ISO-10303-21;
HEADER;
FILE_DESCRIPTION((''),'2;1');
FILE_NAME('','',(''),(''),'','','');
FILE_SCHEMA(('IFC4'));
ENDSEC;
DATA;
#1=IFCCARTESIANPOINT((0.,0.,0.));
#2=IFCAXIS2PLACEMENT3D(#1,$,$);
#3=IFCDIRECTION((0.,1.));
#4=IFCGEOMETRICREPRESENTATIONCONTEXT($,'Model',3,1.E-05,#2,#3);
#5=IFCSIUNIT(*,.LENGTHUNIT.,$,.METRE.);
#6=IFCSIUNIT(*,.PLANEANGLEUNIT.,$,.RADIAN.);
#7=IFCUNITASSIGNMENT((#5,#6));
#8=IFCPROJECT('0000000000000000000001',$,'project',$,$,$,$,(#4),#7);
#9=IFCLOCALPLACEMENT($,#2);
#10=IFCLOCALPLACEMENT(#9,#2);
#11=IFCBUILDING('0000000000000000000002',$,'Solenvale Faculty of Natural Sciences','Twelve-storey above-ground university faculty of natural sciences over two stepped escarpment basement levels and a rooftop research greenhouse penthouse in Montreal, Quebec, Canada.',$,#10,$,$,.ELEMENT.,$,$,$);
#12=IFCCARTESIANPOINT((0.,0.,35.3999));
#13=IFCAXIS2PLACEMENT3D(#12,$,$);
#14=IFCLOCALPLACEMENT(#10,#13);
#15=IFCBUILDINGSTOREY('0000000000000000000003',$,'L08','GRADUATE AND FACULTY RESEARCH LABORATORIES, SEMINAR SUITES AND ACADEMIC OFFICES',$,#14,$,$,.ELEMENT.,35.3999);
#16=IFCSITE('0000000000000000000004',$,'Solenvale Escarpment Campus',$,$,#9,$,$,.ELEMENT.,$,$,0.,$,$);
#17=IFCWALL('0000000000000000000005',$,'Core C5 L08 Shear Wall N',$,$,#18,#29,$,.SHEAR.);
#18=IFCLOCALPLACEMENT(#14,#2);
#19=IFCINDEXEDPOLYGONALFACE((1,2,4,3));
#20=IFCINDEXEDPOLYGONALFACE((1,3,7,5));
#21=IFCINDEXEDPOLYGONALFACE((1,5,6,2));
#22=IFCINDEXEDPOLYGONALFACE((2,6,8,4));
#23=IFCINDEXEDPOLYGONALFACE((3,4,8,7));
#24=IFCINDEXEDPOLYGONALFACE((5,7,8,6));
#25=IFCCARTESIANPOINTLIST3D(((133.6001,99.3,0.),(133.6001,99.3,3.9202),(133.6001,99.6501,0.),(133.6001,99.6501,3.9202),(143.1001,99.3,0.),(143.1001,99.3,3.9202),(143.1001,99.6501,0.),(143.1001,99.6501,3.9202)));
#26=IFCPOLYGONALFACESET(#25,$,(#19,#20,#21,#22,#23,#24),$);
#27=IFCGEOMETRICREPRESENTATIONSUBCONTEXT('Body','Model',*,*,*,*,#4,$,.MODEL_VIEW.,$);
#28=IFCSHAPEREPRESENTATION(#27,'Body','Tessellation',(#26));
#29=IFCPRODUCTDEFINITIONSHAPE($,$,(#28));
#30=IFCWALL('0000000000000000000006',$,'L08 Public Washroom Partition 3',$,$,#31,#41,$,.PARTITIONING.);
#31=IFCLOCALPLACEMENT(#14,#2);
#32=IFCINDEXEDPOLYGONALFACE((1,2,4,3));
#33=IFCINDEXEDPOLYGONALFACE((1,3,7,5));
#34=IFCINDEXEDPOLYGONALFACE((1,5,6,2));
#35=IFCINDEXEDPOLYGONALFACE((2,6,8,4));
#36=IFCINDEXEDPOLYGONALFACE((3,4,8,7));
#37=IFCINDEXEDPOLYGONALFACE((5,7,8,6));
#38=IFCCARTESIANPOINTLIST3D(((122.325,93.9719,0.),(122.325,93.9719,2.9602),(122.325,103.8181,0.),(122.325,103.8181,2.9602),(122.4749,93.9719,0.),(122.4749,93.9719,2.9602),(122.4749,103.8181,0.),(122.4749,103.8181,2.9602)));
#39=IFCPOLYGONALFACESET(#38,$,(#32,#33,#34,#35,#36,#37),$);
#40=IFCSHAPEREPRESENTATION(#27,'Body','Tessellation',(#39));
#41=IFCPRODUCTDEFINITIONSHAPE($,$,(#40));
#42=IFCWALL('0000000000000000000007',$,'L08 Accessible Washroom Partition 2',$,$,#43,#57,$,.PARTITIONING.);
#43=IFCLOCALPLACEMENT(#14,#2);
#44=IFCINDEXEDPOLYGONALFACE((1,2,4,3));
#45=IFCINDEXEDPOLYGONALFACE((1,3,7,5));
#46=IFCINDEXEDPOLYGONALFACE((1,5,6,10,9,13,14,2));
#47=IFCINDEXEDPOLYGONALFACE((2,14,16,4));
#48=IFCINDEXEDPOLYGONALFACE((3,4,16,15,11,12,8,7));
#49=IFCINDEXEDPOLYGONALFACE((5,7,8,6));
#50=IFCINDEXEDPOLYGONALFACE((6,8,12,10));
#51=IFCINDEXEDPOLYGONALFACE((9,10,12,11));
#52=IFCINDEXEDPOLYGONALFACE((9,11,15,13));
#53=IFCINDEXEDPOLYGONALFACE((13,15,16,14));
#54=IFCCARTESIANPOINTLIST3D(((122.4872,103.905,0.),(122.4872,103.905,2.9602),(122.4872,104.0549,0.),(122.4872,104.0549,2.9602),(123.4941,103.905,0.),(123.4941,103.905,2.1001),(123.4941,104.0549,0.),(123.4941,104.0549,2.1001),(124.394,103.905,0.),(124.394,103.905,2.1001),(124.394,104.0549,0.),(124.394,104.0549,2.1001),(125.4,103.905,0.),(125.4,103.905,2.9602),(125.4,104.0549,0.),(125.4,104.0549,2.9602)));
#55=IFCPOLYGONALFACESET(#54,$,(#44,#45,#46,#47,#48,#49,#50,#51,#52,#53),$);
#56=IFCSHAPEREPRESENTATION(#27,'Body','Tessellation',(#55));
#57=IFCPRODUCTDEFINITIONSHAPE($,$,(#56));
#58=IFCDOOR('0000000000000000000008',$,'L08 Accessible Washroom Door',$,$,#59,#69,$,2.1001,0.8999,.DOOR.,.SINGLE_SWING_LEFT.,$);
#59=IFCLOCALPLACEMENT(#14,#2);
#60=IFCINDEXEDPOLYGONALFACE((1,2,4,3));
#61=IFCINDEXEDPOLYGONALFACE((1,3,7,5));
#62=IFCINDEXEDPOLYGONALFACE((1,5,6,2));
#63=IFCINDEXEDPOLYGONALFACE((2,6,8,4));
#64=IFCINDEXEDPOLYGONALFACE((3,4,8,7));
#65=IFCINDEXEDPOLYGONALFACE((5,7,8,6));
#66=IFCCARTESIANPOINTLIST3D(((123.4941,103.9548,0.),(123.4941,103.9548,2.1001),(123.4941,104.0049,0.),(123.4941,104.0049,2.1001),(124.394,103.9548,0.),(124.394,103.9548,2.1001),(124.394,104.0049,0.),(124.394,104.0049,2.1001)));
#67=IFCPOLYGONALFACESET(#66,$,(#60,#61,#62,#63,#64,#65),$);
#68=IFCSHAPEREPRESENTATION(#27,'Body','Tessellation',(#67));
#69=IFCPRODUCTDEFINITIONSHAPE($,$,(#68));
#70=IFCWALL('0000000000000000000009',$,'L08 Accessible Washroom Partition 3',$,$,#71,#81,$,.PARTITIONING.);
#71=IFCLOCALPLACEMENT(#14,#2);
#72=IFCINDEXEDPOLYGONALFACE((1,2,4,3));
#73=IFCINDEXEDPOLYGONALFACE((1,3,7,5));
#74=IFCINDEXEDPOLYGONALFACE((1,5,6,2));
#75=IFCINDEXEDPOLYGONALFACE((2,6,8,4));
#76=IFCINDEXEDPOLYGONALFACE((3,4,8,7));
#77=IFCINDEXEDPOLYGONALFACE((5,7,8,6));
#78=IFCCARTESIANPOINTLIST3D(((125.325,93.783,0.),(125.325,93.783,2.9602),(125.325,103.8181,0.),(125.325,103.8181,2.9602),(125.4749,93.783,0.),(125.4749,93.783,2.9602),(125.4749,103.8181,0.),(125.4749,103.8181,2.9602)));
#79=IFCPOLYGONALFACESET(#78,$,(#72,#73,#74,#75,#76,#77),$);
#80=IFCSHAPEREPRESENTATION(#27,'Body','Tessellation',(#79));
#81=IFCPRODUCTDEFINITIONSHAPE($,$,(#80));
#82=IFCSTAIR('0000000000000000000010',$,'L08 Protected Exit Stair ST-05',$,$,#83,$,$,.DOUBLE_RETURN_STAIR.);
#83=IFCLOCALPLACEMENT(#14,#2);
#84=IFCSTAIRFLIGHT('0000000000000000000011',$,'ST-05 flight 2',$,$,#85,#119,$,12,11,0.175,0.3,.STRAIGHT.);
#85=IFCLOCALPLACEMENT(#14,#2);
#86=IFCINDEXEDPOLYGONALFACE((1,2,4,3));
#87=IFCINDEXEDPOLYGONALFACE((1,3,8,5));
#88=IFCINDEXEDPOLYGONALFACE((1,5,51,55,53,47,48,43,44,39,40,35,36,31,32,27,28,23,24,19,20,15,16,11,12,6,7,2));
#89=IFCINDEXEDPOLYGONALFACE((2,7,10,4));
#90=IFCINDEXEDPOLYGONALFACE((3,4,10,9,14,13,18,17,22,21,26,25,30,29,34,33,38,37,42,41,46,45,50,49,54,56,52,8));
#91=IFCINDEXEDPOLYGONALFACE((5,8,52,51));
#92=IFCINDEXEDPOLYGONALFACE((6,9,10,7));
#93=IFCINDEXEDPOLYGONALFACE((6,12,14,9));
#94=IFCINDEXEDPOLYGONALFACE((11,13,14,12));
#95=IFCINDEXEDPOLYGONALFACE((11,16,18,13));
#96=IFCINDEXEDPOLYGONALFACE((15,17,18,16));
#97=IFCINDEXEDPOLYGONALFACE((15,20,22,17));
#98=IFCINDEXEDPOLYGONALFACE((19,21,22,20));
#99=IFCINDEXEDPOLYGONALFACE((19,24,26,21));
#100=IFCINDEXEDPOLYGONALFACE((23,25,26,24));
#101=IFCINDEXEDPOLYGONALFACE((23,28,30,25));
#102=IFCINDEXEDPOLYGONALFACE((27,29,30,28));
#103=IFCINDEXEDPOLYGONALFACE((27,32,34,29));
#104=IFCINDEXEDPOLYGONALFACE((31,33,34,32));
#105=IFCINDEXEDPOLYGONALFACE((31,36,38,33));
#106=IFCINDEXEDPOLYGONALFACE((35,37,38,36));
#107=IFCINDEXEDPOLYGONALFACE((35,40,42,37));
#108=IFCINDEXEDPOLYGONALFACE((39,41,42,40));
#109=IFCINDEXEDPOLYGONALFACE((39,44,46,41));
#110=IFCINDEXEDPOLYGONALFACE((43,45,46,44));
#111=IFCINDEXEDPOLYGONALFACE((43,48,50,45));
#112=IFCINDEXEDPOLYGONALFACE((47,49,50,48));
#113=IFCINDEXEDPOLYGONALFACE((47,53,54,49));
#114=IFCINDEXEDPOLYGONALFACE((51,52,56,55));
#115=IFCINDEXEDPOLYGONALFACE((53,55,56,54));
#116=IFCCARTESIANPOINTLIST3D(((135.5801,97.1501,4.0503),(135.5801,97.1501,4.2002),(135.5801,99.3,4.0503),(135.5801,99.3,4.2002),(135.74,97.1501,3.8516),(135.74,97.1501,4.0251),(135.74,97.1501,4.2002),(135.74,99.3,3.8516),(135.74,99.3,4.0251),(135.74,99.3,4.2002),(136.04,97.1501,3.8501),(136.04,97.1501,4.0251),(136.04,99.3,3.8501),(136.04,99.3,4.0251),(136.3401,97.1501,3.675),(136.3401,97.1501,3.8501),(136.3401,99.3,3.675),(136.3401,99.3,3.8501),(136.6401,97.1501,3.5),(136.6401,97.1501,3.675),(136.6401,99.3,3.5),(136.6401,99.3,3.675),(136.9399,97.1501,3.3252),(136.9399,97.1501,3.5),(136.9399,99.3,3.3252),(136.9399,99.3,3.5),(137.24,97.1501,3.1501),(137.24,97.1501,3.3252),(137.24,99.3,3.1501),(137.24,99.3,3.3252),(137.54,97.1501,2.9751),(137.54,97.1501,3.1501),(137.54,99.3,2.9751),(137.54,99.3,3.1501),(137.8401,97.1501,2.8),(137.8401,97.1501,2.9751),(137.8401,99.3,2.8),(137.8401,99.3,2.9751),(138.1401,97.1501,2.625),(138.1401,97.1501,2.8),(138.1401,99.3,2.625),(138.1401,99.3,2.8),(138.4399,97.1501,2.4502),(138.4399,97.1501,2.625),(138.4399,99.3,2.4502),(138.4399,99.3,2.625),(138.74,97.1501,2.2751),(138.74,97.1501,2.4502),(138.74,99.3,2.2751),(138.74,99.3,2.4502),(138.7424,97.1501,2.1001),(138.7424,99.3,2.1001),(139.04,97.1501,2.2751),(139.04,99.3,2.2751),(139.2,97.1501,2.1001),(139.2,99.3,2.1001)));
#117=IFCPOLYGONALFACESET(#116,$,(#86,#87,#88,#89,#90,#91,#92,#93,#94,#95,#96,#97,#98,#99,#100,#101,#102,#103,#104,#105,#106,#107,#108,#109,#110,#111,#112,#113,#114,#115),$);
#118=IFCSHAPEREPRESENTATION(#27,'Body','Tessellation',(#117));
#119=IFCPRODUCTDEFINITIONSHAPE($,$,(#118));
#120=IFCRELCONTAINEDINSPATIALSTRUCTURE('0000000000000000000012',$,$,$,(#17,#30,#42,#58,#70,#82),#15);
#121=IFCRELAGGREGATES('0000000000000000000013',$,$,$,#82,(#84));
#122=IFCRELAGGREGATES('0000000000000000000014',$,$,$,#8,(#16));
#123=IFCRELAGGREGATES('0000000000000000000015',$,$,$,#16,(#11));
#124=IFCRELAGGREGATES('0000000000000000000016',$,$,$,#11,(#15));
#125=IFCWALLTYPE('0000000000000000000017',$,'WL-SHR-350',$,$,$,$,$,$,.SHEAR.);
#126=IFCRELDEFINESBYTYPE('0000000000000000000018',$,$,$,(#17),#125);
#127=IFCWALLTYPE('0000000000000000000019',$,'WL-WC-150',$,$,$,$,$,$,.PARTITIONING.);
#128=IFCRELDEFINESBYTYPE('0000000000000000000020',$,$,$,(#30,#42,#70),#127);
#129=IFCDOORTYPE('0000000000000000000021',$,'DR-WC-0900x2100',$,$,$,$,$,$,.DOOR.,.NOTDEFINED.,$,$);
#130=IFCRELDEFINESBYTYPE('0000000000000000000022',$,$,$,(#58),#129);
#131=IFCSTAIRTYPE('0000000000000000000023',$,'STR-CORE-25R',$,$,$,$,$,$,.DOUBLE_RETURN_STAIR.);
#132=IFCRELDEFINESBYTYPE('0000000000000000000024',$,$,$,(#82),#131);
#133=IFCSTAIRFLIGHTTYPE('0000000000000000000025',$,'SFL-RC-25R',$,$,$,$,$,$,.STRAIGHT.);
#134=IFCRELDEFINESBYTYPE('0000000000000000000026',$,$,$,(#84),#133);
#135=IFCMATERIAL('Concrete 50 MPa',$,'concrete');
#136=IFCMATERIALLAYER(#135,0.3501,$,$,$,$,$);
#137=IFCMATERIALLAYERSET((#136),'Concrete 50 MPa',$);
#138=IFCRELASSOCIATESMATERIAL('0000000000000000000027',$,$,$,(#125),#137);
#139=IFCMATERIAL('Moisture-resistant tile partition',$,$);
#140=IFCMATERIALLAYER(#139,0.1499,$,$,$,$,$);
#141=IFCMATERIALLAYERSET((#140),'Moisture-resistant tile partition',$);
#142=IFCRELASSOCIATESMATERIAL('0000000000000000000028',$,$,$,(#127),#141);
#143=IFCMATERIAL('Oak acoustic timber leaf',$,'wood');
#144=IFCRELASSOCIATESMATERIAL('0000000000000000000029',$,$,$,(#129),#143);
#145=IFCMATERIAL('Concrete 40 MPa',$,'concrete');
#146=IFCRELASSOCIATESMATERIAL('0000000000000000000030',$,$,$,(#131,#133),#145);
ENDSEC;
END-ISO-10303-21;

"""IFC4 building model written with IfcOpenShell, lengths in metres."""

from ifc_helpers import new_model, si_unit, direction, frame, frame_2d, origin, place, context, subcontext, project, spatial, polyline, rectangle, outline, extrude, material, layer, layer_set, type_object, element, fill, aggregate, save


model = new_model("IFC4")

# Units and contexts
model_context = context("Model", 3, precision=1e-05, world=origin(), true_north=direction((0.0, 1.0)))
body_context = subcontext(model_context, "Body", "Model", "MODEL_VIEW")
ifc_project = project(units=[si_unit("LENGTHUNIT", "METRE"), si_unit("PLANEANGLEUNIT", "RADIAN")], contexts=[model_context])

# Site, building, storey
site_placement = place(None, origin())
site = spatial("IfcSite", under=ifc_project, at=site_placement, Name="Solenvale Escarpment Campus", CompositionType="ELEMENT", RefElevation=0.0)
building_placement = place(site_placement, origin())
building = spatial("IfcBuilding", under=site, at=building_placement, Name="Solenvale Faculty of Natural Sciences", Description="Twelve-storey above-ground university faculty of natural sciences over two stepped escarpment basement levels and a rooftop research greenhouse penthouse in Montreal, Quebec, Canada.", CompositionType="ELEMENT")
storey_placement = place(building_placement, frame((0.0, 0.0, 35.3999)))
storey = spatial("IfcBuildingStorey", under=building, at=storey_placement, Name="L08", Description="GRADUATE AND FACULTY RESEARCH LABORATORIES, SEMINAR SUITES AND ACADEMIC OFFICES", CompositionType="ELEMENT", Elevation=35.3999)

# Shared definitions
ifc_material_1 = material(Name="Concrete 40 MPa", Category="concrete")

# Shared definitions
ifc_material_2 = material(Name="Oak acoustic timber leaf", Category="wood")

# Walls
ifc_material_3 = material(Name="Concrete 50 MPa", Category="concrete")
ifc_layer_1 = layer(ifc_material_3, 0.3501)
ifc_layer_set_1 = layer_set([ifc_layer_1], Name="Concrete 50 MPa")
wall_type_1 = type_object("IfcWallType", Name="WL-SHR-350", PredefinedType="SHEAR", material=ifc_layer_set_1)
wall_1_placement = place(storey_placement, frame((133.6001, 99.4751, 0.0), z_axis=(0.0, 0.0, 1.0), x_axis=(1.0, 0.0, 0.0)))
element("IfcWall", 1, at=wall_1_placement, inside=storey, type_object=wall_type_1, Name="Core C5 L08 Shear Wall N", PredefinedType="SHEAR", context=body_context, shape_type="SweptSolid", body=[
    extrude(rectangle(XDim=9.5, YDim=0.3501, at=frame_2d((4.75, 0.0))), origin(), (0.0, 0.0, 1.0), 3.9202),
])
ifc_material_4 = material(Name="Moisture-resistant tile partition")
ifc_layer_2 = layer(ifc_material_4, 0.1499)
ifc_layer_set_2 = layer_set([ifc_layer_2], Name="Moisture-resistant tile partition")
wall_type_2 = type_object("IfcWallType", Name="WL-WC-150", PredefinedType="PARTITIONING", material=ifc_layer_set_2)
wall_2_placement = place(storey_placement, frame((122.3999, 103.8181, 0.0), z_axis=(0.0, 0.0, 1.0), x_axis=(0.0, -1.0, 0.0)))
element("IfcWall", 2, at=wall_2_placement, inside=storey, type_object=wall_type_2, Name="L08 Public Washroom Partition 3", PredefinedType="PARTITIONING", context=body_context, shape_type="SweptSolid", body=[
    extrude(rectangle(XDim=9.8462, YDim=0.1499, at=frame_2d((4.9231, 0.0))), origin(), (0.0, 0.0, 1.0), 2.9602),
])

# Wall, opening, door
wall_3_placement = place(storey_placement, frame((122.4871, 103.98, 0.0), z_axis=(0.0, 0.0, 1.0), x_axis=(1.0, 0.0, 0.0)))
wall_3 = element("IfcWall", 3, at=wall_3_placement, inside=storey, type_object=wall_type_2, Name="L08 Accessible Washroom Partition 2", PredefinedType="PARTITIONING", context=body_context, shape_type="SweptSolid", body=[
    extrude(rectangle(XDim=2.9128, YDim=0.1499, at=frame_2d((1.4565, 0.0))), origin(), (0.0, 0.0, 1.0), 2.9602),
])
opening_1_placement = place(wall_3_placement, frame((1.0071, 0.0, 0.0)))
opening_1 = element("IfcOpeningElement", 4, at=opening_1_placement, cuts=wall_3, PredefinedType="OPENING", context=body_context, shape_type="SweptSolid", body=[
    extrude(rectangle(XDim=0.8999, YDim=2.1001, at=frame_2d((0.45, 1.05))), frame((0.0, 0.085, 0.0), z_axis=(0.0, -1.0, 0.0), x_axis=(1.0, 0.0, 0.0)), (0.0, 0.0, 1.0), 0.1699),
])
door_type_1 = type_object("IfcDoorType", Name="DR-WC-0900x2100", OperationType="NOTDEFINED", PredefinedType="DOOR", material=ifc_material_2)
door_1_placement = place(opening_1_placement, origin())
door_1 = element("IfcDoor", 5, at=door_1_placement, inside=storey, type_object=door_type_1, Name="L08 Accessible Washroom Door", OperationType="SINGLE_SWING_LEFT", OverallHeight=2.1001, OverallWidth=0.8999, PredefinedType="DOOR", context=body_context, shape_type="SweptSolid", body=[
    extrude(rectangle(XDim=0.8999, YDim=2.1001, at=frame_2d((0.45, 1.05))), frame((0.0, 0.0249, 0.0), z_axis=(0.0, -1.0, 0.0), x_axis=(1.0, 0.0, 0.0)), (0.0, 0.0, 1.0), 0.05),
])
fill(opening_1, door_1)

# Wall
wall_4_placement = place(storey_placement, frame((125.3999, 103.8181, 0.0), z_axis=(0.0, 0.0, 1.0), x_axis=(0.0, -1.0, 0.0)))
element("IfcWall", 6, at=wall_4_placement, inside=storey, type_object=wall_type_2, Name="L08 Accessible Washroom Partition 3", PredefinedType="PARTITIONING", context=body_context, shape_type="SweptSolid", body=[
    extrude(rectangle(XDim=10.0352, YDim=0.1499, at=frame_2d((5.0176, 0.0))), origin(), (0.0, 0.0, 1.0), 2.9602),
])

# Stair, stair flight
stair_type = type_object("IfcStairType", Name="STR-CORE-25R", PredefinedType="DOUBLE_RETURN_STAIR", material=ifc_material_1)
stair_placement = place(storey_placement, origin())
stair = element("IfcStair", 7, at=stair_placement, inside=storey, type_object=stair_type, Name="L08 Protected Exit Stair ST-05", PredefinedType="DOUBLE_RETURN_STAIR")
stair_flight_type = type_object("IfcStairFlightType", Name="SFL-RC-25R", PredefinedType="STRAIGHT", material=ifc_material_1)
stair_flight_placement = place(storey_placement, frame((139.04, 98.2251, 2.1001), z_axis=(0.0, 0.0, 1.0), x_axis=(-1.0, 0.0, 0.0)))
stair_flight = element("IfcStairFlight", 8, at=stair_flight_placement, type_object=stair_flight_type, Name="ST-05 flight 2", NumberOfRisers=12, NumberOfTreads=11, PredefinedType="STRAIGHT", RiserHeight=0.175, TreadLength=0.3, context=body_context, shape_type="SweptSolid", body=[
    extrude(outline(polyline([(-0.1599, 0.0), (0.0, 0.175), (0.3, 0.175), (0.3, 0.3501), (0.6001, 0.3501), (0.6001, 0.5249), (0.8999, 0.5249), (0.8999, 0.7), (1.2, 0.7), (1.2, 0.875), (1.5, 0.875), (1.5, 1.05), (1.8, 1.05), (1.8, 1.2251), (2.1001, 1.2251), (2.1001, 1.3999), (2.3999, 1.3999), (2.3999, 1.575), (2.7, 1.575), (2.7, 1.75), (3.0, 1.75), (3.0, 1.925), (3.3, 1.925), (3.3, 2.1001), (3.46, 2.1001), (3.46, 1.9502), (3.3, 1.7515), (0.2976, 0.0), (-0.1599, 0.0)])), frame((0.0, 1.075, 0.0), z_axis=(0.0, -1.0, 0.0), x_axis=(1.0, 0.0, 0.0)), (0.0, 0.0, 1.0), 2.1499),
])
aggregate(stair, [stair_flight])

save(model, "model.ifc")
